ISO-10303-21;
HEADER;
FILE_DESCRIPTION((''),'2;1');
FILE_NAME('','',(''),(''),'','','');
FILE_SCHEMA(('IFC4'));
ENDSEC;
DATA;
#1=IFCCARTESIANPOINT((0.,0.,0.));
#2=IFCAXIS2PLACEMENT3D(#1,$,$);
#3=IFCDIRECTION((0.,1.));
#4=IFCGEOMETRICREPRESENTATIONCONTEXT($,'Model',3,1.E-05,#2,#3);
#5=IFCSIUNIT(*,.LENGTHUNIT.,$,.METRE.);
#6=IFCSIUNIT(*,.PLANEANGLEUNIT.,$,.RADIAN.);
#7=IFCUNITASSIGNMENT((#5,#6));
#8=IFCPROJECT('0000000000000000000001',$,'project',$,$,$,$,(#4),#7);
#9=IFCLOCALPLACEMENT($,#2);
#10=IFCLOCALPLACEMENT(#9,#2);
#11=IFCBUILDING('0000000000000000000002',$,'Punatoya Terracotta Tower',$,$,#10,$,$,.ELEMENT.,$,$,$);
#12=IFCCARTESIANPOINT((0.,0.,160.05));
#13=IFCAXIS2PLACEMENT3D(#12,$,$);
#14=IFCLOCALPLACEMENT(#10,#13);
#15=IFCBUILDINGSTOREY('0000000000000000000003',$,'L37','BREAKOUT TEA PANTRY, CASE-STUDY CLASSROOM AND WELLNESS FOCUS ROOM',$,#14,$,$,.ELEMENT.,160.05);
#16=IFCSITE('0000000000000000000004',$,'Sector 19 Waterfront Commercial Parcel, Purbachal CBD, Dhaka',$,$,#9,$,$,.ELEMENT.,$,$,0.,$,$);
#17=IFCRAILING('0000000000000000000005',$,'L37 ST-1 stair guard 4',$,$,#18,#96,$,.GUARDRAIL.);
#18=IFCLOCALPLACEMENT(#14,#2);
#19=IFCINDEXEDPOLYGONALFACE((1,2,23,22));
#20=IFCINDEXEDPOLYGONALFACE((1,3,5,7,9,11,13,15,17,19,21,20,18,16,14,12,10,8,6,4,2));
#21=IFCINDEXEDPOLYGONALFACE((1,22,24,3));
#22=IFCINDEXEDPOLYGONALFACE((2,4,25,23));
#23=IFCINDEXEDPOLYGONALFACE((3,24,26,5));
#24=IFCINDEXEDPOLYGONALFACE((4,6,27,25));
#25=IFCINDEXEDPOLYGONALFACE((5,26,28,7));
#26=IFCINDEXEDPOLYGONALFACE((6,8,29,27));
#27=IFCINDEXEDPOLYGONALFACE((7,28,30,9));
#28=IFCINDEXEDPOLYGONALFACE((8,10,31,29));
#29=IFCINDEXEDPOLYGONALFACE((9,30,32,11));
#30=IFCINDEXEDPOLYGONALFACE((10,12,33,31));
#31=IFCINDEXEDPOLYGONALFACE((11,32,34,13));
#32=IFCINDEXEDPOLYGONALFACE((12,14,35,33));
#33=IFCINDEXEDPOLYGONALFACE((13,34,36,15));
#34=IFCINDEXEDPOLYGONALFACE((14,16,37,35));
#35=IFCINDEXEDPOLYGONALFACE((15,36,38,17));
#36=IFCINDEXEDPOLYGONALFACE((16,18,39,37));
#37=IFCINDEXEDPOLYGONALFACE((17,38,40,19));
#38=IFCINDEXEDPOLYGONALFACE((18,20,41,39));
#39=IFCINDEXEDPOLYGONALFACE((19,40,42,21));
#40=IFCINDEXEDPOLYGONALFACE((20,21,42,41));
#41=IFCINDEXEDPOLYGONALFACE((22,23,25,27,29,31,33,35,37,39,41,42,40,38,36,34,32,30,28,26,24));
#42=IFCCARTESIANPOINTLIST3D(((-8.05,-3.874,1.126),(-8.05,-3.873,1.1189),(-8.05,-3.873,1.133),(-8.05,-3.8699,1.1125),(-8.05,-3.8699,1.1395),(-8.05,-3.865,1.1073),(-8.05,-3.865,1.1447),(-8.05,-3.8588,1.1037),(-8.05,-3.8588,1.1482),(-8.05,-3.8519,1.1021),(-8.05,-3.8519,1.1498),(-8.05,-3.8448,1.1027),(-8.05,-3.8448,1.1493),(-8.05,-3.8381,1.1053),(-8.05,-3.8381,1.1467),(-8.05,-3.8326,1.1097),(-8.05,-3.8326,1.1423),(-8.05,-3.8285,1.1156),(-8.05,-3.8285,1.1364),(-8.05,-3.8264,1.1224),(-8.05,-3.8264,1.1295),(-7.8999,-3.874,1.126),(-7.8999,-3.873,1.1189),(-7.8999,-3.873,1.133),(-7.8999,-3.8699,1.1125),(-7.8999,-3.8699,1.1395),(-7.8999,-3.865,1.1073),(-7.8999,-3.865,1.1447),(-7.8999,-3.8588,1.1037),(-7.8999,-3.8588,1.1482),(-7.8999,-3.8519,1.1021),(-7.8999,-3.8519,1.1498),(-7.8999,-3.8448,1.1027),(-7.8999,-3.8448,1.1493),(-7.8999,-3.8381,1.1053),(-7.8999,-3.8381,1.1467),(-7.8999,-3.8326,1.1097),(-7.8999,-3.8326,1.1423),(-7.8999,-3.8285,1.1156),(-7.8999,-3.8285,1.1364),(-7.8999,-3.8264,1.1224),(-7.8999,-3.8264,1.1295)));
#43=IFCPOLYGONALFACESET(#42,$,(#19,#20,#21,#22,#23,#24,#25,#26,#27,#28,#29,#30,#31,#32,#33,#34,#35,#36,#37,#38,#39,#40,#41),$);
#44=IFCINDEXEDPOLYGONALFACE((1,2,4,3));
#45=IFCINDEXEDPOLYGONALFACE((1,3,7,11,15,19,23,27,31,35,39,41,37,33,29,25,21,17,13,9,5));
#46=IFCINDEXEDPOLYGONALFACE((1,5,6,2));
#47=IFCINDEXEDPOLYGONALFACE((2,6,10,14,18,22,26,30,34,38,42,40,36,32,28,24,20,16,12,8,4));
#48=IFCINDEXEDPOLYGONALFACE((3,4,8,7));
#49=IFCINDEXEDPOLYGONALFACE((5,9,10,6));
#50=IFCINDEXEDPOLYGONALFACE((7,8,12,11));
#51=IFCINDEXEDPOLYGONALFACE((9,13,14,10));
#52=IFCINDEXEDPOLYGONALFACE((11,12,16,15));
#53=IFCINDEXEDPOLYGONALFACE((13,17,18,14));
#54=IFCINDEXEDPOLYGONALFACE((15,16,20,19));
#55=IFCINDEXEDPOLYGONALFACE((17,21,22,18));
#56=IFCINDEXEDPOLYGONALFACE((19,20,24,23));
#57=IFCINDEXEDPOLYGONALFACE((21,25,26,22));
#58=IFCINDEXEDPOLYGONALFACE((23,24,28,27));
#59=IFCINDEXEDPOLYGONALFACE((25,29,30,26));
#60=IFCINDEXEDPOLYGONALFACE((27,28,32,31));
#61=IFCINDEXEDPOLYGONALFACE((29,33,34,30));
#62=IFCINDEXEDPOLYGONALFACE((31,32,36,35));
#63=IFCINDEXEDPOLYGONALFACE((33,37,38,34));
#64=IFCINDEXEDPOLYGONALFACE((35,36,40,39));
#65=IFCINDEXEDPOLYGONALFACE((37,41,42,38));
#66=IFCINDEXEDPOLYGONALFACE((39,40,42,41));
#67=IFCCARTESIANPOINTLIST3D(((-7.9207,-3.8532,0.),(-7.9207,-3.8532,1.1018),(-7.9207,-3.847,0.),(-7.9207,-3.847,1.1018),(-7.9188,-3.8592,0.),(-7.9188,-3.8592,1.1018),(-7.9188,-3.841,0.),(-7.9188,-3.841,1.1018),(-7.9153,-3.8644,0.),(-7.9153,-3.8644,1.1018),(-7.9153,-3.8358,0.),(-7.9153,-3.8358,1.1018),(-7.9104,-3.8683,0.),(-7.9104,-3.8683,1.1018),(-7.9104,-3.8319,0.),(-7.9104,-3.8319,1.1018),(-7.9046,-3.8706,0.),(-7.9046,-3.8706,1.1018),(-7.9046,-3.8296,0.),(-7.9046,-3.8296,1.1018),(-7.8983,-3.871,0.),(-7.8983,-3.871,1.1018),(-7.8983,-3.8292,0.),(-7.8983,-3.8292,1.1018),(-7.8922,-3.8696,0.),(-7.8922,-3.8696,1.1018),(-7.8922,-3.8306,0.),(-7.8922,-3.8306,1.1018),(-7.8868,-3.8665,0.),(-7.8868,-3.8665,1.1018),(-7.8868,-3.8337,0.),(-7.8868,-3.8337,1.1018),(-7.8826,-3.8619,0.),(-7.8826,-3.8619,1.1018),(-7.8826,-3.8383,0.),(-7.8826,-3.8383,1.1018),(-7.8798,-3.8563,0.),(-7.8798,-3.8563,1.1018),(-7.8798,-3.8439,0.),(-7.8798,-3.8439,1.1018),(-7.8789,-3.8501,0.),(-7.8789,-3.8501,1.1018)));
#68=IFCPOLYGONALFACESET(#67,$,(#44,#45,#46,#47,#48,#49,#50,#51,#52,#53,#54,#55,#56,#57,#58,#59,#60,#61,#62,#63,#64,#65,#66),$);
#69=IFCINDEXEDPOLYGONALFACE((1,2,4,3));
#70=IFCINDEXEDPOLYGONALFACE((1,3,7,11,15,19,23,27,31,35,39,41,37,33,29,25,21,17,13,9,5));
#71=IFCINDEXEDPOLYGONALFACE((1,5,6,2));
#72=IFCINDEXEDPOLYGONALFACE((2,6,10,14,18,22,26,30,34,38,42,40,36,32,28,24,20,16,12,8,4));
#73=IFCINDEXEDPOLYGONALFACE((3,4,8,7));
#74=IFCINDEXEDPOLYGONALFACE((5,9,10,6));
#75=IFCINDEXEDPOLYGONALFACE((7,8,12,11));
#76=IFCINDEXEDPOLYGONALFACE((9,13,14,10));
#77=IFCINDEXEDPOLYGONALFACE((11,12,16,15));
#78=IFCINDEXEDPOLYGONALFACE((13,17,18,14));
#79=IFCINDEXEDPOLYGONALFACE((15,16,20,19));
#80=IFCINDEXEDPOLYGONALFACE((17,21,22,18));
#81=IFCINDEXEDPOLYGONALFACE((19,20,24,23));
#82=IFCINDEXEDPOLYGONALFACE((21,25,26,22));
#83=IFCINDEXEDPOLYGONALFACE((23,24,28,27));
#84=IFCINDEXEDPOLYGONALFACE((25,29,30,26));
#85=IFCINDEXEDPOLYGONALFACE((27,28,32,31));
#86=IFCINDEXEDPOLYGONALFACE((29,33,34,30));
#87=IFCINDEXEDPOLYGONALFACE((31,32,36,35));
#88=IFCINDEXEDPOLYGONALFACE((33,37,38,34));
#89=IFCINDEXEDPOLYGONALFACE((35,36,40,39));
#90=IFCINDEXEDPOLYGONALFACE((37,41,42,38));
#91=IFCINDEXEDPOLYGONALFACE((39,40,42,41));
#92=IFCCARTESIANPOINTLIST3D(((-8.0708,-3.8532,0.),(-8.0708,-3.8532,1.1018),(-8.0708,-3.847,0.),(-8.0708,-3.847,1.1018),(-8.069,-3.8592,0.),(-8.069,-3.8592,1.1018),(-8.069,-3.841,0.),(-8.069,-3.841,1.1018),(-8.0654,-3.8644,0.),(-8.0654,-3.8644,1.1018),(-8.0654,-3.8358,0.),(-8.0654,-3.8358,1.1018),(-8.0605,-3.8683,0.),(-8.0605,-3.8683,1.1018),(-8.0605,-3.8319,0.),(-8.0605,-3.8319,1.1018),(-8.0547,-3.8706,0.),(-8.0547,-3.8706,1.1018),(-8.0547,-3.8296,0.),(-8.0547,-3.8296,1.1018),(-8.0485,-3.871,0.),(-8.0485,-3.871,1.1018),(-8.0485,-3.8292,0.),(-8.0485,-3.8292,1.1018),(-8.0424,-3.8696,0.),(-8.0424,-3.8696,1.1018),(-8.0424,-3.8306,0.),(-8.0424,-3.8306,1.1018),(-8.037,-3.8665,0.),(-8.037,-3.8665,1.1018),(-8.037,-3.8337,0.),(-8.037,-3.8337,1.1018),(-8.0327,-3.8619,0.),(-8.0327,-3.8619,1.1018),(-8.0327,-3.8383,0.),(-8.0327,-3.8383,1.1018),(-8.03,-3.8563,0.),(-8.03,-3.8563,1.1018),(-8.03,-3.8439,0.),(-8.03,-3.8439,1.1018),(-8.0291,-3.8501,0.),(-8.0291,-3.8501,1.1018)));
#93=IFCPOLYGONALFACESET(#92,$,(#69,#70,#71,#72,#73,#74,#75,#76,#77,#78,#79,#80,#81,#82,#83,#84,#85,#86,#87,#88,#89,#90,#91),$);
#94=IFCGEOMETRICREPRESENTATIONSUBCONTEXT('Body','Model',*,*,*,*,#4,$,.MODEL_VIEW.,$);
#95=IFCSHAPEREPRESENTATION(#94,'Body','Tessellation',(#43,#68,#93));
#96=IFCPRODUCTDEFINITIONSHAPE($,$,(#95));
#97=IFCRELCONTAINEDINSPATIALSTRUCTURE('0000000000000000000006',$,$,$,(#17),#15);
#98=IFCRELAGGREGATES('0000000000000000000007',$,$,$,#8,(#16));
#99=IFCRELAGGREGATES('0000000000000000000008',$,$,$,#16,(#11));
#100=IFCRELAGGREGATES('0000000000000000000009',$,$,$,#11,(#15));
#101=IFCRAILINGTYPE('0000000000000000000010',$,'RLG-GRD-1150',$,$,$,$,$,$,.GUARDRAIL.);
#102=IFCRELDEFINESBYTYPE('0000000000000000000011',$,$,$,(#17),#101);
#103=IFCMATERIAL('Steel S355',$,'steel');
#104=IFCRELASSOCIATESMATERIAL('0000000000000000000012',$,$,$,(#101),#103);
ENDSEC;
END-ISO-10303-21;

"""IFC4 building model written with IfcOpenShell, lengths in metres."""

from ifc_helpers import new_model, si_unit, direction, frame, origin, origin_2d, place, context, subcontext, project, spatial, circle, extrude, material, type_object, element, save


model = new_model("IFC4")

# Units and contexts
model_context = context("Model", 3, precision=1e-05, world=origin(), true_north=direction((0.0, 1.0)))
body_context = subcontext(model_context, "Body", "Model", "MODEL_VIEW")
ifc_project = project(units=[si_unit("LENGTHUNIT", "METRE"), si_unit("PLANEANGLEUNIT", "RADIAN")], contexts=[model_context])

# Site, building, storey
site_placement = place(None, origin())
site = spatial("IfcSite", under=ifc_project, at=site_placement, Name="Sector 19 Waterfront Commercial Parcel, Purbachal CBD, Dhaka", CompositionType="ELEMENT", RefElevation=0.0)
building_placement = place(site_placement, origin())
building = spatial("IfcBuilding", under=site, at=building_placement, Name="Punatoya Terracotta Tower", CompositionType="ELEMENT")
storey_placement = place(building_placement, frame((0.0, 0.0, 160.05)))
storey = spatial("IfcBuildingStorey", under=building, at=storey_placement, Name="L37", Description="BREAKOUT TEA PANTRY, CASE-STUDY CLASSROOM AND WELLNESS FOCUS ROOM", CompositionType="ELEMENT", Elevation=160.05)

# Shared definitions
ifc_material_1 = material(Name="Steel S355", Category="steel")

# Railing
railing_type_1 = type_object("IfcRailingType", Name="RLG-GRD-1150", PredefinedType="GUARDRAIL", material=ifc_material_1)
railing_1_placement = place(storey_placement, frame((-7.8999, -3.8501, 0.0)))
element("IfcRailing", 1, at=railing_1_placement, inside=storey, type_object=railing_type_1, Name="L37 ST-1 stair guard 4", PredefinedType="GUARDRAIL", context=body_context, shape_type="SweptSolid", body=[
    extrude(circle(Radius=0.0239, at=origin_2d()), frame((0.0, 0.0, 1.126), z_axis=(-1.0, 0.0, 0.0), x_axis=(0.0, -1.0, 0.0)), (0.0, 0.0, 1.0), 0.1501),
    extrude(circle(Radius=0.021, at=origin_2d()), origin(), (0.0, 0.0, 1.0), 1.1018),
    extrude(circle(Radius=0.021, at=origin_2d()), frame((-0.1501, 0.0, 0.0)), (0.0, 0.0, 1.0), 1.1018),
])

save(model, "model.ifc")
